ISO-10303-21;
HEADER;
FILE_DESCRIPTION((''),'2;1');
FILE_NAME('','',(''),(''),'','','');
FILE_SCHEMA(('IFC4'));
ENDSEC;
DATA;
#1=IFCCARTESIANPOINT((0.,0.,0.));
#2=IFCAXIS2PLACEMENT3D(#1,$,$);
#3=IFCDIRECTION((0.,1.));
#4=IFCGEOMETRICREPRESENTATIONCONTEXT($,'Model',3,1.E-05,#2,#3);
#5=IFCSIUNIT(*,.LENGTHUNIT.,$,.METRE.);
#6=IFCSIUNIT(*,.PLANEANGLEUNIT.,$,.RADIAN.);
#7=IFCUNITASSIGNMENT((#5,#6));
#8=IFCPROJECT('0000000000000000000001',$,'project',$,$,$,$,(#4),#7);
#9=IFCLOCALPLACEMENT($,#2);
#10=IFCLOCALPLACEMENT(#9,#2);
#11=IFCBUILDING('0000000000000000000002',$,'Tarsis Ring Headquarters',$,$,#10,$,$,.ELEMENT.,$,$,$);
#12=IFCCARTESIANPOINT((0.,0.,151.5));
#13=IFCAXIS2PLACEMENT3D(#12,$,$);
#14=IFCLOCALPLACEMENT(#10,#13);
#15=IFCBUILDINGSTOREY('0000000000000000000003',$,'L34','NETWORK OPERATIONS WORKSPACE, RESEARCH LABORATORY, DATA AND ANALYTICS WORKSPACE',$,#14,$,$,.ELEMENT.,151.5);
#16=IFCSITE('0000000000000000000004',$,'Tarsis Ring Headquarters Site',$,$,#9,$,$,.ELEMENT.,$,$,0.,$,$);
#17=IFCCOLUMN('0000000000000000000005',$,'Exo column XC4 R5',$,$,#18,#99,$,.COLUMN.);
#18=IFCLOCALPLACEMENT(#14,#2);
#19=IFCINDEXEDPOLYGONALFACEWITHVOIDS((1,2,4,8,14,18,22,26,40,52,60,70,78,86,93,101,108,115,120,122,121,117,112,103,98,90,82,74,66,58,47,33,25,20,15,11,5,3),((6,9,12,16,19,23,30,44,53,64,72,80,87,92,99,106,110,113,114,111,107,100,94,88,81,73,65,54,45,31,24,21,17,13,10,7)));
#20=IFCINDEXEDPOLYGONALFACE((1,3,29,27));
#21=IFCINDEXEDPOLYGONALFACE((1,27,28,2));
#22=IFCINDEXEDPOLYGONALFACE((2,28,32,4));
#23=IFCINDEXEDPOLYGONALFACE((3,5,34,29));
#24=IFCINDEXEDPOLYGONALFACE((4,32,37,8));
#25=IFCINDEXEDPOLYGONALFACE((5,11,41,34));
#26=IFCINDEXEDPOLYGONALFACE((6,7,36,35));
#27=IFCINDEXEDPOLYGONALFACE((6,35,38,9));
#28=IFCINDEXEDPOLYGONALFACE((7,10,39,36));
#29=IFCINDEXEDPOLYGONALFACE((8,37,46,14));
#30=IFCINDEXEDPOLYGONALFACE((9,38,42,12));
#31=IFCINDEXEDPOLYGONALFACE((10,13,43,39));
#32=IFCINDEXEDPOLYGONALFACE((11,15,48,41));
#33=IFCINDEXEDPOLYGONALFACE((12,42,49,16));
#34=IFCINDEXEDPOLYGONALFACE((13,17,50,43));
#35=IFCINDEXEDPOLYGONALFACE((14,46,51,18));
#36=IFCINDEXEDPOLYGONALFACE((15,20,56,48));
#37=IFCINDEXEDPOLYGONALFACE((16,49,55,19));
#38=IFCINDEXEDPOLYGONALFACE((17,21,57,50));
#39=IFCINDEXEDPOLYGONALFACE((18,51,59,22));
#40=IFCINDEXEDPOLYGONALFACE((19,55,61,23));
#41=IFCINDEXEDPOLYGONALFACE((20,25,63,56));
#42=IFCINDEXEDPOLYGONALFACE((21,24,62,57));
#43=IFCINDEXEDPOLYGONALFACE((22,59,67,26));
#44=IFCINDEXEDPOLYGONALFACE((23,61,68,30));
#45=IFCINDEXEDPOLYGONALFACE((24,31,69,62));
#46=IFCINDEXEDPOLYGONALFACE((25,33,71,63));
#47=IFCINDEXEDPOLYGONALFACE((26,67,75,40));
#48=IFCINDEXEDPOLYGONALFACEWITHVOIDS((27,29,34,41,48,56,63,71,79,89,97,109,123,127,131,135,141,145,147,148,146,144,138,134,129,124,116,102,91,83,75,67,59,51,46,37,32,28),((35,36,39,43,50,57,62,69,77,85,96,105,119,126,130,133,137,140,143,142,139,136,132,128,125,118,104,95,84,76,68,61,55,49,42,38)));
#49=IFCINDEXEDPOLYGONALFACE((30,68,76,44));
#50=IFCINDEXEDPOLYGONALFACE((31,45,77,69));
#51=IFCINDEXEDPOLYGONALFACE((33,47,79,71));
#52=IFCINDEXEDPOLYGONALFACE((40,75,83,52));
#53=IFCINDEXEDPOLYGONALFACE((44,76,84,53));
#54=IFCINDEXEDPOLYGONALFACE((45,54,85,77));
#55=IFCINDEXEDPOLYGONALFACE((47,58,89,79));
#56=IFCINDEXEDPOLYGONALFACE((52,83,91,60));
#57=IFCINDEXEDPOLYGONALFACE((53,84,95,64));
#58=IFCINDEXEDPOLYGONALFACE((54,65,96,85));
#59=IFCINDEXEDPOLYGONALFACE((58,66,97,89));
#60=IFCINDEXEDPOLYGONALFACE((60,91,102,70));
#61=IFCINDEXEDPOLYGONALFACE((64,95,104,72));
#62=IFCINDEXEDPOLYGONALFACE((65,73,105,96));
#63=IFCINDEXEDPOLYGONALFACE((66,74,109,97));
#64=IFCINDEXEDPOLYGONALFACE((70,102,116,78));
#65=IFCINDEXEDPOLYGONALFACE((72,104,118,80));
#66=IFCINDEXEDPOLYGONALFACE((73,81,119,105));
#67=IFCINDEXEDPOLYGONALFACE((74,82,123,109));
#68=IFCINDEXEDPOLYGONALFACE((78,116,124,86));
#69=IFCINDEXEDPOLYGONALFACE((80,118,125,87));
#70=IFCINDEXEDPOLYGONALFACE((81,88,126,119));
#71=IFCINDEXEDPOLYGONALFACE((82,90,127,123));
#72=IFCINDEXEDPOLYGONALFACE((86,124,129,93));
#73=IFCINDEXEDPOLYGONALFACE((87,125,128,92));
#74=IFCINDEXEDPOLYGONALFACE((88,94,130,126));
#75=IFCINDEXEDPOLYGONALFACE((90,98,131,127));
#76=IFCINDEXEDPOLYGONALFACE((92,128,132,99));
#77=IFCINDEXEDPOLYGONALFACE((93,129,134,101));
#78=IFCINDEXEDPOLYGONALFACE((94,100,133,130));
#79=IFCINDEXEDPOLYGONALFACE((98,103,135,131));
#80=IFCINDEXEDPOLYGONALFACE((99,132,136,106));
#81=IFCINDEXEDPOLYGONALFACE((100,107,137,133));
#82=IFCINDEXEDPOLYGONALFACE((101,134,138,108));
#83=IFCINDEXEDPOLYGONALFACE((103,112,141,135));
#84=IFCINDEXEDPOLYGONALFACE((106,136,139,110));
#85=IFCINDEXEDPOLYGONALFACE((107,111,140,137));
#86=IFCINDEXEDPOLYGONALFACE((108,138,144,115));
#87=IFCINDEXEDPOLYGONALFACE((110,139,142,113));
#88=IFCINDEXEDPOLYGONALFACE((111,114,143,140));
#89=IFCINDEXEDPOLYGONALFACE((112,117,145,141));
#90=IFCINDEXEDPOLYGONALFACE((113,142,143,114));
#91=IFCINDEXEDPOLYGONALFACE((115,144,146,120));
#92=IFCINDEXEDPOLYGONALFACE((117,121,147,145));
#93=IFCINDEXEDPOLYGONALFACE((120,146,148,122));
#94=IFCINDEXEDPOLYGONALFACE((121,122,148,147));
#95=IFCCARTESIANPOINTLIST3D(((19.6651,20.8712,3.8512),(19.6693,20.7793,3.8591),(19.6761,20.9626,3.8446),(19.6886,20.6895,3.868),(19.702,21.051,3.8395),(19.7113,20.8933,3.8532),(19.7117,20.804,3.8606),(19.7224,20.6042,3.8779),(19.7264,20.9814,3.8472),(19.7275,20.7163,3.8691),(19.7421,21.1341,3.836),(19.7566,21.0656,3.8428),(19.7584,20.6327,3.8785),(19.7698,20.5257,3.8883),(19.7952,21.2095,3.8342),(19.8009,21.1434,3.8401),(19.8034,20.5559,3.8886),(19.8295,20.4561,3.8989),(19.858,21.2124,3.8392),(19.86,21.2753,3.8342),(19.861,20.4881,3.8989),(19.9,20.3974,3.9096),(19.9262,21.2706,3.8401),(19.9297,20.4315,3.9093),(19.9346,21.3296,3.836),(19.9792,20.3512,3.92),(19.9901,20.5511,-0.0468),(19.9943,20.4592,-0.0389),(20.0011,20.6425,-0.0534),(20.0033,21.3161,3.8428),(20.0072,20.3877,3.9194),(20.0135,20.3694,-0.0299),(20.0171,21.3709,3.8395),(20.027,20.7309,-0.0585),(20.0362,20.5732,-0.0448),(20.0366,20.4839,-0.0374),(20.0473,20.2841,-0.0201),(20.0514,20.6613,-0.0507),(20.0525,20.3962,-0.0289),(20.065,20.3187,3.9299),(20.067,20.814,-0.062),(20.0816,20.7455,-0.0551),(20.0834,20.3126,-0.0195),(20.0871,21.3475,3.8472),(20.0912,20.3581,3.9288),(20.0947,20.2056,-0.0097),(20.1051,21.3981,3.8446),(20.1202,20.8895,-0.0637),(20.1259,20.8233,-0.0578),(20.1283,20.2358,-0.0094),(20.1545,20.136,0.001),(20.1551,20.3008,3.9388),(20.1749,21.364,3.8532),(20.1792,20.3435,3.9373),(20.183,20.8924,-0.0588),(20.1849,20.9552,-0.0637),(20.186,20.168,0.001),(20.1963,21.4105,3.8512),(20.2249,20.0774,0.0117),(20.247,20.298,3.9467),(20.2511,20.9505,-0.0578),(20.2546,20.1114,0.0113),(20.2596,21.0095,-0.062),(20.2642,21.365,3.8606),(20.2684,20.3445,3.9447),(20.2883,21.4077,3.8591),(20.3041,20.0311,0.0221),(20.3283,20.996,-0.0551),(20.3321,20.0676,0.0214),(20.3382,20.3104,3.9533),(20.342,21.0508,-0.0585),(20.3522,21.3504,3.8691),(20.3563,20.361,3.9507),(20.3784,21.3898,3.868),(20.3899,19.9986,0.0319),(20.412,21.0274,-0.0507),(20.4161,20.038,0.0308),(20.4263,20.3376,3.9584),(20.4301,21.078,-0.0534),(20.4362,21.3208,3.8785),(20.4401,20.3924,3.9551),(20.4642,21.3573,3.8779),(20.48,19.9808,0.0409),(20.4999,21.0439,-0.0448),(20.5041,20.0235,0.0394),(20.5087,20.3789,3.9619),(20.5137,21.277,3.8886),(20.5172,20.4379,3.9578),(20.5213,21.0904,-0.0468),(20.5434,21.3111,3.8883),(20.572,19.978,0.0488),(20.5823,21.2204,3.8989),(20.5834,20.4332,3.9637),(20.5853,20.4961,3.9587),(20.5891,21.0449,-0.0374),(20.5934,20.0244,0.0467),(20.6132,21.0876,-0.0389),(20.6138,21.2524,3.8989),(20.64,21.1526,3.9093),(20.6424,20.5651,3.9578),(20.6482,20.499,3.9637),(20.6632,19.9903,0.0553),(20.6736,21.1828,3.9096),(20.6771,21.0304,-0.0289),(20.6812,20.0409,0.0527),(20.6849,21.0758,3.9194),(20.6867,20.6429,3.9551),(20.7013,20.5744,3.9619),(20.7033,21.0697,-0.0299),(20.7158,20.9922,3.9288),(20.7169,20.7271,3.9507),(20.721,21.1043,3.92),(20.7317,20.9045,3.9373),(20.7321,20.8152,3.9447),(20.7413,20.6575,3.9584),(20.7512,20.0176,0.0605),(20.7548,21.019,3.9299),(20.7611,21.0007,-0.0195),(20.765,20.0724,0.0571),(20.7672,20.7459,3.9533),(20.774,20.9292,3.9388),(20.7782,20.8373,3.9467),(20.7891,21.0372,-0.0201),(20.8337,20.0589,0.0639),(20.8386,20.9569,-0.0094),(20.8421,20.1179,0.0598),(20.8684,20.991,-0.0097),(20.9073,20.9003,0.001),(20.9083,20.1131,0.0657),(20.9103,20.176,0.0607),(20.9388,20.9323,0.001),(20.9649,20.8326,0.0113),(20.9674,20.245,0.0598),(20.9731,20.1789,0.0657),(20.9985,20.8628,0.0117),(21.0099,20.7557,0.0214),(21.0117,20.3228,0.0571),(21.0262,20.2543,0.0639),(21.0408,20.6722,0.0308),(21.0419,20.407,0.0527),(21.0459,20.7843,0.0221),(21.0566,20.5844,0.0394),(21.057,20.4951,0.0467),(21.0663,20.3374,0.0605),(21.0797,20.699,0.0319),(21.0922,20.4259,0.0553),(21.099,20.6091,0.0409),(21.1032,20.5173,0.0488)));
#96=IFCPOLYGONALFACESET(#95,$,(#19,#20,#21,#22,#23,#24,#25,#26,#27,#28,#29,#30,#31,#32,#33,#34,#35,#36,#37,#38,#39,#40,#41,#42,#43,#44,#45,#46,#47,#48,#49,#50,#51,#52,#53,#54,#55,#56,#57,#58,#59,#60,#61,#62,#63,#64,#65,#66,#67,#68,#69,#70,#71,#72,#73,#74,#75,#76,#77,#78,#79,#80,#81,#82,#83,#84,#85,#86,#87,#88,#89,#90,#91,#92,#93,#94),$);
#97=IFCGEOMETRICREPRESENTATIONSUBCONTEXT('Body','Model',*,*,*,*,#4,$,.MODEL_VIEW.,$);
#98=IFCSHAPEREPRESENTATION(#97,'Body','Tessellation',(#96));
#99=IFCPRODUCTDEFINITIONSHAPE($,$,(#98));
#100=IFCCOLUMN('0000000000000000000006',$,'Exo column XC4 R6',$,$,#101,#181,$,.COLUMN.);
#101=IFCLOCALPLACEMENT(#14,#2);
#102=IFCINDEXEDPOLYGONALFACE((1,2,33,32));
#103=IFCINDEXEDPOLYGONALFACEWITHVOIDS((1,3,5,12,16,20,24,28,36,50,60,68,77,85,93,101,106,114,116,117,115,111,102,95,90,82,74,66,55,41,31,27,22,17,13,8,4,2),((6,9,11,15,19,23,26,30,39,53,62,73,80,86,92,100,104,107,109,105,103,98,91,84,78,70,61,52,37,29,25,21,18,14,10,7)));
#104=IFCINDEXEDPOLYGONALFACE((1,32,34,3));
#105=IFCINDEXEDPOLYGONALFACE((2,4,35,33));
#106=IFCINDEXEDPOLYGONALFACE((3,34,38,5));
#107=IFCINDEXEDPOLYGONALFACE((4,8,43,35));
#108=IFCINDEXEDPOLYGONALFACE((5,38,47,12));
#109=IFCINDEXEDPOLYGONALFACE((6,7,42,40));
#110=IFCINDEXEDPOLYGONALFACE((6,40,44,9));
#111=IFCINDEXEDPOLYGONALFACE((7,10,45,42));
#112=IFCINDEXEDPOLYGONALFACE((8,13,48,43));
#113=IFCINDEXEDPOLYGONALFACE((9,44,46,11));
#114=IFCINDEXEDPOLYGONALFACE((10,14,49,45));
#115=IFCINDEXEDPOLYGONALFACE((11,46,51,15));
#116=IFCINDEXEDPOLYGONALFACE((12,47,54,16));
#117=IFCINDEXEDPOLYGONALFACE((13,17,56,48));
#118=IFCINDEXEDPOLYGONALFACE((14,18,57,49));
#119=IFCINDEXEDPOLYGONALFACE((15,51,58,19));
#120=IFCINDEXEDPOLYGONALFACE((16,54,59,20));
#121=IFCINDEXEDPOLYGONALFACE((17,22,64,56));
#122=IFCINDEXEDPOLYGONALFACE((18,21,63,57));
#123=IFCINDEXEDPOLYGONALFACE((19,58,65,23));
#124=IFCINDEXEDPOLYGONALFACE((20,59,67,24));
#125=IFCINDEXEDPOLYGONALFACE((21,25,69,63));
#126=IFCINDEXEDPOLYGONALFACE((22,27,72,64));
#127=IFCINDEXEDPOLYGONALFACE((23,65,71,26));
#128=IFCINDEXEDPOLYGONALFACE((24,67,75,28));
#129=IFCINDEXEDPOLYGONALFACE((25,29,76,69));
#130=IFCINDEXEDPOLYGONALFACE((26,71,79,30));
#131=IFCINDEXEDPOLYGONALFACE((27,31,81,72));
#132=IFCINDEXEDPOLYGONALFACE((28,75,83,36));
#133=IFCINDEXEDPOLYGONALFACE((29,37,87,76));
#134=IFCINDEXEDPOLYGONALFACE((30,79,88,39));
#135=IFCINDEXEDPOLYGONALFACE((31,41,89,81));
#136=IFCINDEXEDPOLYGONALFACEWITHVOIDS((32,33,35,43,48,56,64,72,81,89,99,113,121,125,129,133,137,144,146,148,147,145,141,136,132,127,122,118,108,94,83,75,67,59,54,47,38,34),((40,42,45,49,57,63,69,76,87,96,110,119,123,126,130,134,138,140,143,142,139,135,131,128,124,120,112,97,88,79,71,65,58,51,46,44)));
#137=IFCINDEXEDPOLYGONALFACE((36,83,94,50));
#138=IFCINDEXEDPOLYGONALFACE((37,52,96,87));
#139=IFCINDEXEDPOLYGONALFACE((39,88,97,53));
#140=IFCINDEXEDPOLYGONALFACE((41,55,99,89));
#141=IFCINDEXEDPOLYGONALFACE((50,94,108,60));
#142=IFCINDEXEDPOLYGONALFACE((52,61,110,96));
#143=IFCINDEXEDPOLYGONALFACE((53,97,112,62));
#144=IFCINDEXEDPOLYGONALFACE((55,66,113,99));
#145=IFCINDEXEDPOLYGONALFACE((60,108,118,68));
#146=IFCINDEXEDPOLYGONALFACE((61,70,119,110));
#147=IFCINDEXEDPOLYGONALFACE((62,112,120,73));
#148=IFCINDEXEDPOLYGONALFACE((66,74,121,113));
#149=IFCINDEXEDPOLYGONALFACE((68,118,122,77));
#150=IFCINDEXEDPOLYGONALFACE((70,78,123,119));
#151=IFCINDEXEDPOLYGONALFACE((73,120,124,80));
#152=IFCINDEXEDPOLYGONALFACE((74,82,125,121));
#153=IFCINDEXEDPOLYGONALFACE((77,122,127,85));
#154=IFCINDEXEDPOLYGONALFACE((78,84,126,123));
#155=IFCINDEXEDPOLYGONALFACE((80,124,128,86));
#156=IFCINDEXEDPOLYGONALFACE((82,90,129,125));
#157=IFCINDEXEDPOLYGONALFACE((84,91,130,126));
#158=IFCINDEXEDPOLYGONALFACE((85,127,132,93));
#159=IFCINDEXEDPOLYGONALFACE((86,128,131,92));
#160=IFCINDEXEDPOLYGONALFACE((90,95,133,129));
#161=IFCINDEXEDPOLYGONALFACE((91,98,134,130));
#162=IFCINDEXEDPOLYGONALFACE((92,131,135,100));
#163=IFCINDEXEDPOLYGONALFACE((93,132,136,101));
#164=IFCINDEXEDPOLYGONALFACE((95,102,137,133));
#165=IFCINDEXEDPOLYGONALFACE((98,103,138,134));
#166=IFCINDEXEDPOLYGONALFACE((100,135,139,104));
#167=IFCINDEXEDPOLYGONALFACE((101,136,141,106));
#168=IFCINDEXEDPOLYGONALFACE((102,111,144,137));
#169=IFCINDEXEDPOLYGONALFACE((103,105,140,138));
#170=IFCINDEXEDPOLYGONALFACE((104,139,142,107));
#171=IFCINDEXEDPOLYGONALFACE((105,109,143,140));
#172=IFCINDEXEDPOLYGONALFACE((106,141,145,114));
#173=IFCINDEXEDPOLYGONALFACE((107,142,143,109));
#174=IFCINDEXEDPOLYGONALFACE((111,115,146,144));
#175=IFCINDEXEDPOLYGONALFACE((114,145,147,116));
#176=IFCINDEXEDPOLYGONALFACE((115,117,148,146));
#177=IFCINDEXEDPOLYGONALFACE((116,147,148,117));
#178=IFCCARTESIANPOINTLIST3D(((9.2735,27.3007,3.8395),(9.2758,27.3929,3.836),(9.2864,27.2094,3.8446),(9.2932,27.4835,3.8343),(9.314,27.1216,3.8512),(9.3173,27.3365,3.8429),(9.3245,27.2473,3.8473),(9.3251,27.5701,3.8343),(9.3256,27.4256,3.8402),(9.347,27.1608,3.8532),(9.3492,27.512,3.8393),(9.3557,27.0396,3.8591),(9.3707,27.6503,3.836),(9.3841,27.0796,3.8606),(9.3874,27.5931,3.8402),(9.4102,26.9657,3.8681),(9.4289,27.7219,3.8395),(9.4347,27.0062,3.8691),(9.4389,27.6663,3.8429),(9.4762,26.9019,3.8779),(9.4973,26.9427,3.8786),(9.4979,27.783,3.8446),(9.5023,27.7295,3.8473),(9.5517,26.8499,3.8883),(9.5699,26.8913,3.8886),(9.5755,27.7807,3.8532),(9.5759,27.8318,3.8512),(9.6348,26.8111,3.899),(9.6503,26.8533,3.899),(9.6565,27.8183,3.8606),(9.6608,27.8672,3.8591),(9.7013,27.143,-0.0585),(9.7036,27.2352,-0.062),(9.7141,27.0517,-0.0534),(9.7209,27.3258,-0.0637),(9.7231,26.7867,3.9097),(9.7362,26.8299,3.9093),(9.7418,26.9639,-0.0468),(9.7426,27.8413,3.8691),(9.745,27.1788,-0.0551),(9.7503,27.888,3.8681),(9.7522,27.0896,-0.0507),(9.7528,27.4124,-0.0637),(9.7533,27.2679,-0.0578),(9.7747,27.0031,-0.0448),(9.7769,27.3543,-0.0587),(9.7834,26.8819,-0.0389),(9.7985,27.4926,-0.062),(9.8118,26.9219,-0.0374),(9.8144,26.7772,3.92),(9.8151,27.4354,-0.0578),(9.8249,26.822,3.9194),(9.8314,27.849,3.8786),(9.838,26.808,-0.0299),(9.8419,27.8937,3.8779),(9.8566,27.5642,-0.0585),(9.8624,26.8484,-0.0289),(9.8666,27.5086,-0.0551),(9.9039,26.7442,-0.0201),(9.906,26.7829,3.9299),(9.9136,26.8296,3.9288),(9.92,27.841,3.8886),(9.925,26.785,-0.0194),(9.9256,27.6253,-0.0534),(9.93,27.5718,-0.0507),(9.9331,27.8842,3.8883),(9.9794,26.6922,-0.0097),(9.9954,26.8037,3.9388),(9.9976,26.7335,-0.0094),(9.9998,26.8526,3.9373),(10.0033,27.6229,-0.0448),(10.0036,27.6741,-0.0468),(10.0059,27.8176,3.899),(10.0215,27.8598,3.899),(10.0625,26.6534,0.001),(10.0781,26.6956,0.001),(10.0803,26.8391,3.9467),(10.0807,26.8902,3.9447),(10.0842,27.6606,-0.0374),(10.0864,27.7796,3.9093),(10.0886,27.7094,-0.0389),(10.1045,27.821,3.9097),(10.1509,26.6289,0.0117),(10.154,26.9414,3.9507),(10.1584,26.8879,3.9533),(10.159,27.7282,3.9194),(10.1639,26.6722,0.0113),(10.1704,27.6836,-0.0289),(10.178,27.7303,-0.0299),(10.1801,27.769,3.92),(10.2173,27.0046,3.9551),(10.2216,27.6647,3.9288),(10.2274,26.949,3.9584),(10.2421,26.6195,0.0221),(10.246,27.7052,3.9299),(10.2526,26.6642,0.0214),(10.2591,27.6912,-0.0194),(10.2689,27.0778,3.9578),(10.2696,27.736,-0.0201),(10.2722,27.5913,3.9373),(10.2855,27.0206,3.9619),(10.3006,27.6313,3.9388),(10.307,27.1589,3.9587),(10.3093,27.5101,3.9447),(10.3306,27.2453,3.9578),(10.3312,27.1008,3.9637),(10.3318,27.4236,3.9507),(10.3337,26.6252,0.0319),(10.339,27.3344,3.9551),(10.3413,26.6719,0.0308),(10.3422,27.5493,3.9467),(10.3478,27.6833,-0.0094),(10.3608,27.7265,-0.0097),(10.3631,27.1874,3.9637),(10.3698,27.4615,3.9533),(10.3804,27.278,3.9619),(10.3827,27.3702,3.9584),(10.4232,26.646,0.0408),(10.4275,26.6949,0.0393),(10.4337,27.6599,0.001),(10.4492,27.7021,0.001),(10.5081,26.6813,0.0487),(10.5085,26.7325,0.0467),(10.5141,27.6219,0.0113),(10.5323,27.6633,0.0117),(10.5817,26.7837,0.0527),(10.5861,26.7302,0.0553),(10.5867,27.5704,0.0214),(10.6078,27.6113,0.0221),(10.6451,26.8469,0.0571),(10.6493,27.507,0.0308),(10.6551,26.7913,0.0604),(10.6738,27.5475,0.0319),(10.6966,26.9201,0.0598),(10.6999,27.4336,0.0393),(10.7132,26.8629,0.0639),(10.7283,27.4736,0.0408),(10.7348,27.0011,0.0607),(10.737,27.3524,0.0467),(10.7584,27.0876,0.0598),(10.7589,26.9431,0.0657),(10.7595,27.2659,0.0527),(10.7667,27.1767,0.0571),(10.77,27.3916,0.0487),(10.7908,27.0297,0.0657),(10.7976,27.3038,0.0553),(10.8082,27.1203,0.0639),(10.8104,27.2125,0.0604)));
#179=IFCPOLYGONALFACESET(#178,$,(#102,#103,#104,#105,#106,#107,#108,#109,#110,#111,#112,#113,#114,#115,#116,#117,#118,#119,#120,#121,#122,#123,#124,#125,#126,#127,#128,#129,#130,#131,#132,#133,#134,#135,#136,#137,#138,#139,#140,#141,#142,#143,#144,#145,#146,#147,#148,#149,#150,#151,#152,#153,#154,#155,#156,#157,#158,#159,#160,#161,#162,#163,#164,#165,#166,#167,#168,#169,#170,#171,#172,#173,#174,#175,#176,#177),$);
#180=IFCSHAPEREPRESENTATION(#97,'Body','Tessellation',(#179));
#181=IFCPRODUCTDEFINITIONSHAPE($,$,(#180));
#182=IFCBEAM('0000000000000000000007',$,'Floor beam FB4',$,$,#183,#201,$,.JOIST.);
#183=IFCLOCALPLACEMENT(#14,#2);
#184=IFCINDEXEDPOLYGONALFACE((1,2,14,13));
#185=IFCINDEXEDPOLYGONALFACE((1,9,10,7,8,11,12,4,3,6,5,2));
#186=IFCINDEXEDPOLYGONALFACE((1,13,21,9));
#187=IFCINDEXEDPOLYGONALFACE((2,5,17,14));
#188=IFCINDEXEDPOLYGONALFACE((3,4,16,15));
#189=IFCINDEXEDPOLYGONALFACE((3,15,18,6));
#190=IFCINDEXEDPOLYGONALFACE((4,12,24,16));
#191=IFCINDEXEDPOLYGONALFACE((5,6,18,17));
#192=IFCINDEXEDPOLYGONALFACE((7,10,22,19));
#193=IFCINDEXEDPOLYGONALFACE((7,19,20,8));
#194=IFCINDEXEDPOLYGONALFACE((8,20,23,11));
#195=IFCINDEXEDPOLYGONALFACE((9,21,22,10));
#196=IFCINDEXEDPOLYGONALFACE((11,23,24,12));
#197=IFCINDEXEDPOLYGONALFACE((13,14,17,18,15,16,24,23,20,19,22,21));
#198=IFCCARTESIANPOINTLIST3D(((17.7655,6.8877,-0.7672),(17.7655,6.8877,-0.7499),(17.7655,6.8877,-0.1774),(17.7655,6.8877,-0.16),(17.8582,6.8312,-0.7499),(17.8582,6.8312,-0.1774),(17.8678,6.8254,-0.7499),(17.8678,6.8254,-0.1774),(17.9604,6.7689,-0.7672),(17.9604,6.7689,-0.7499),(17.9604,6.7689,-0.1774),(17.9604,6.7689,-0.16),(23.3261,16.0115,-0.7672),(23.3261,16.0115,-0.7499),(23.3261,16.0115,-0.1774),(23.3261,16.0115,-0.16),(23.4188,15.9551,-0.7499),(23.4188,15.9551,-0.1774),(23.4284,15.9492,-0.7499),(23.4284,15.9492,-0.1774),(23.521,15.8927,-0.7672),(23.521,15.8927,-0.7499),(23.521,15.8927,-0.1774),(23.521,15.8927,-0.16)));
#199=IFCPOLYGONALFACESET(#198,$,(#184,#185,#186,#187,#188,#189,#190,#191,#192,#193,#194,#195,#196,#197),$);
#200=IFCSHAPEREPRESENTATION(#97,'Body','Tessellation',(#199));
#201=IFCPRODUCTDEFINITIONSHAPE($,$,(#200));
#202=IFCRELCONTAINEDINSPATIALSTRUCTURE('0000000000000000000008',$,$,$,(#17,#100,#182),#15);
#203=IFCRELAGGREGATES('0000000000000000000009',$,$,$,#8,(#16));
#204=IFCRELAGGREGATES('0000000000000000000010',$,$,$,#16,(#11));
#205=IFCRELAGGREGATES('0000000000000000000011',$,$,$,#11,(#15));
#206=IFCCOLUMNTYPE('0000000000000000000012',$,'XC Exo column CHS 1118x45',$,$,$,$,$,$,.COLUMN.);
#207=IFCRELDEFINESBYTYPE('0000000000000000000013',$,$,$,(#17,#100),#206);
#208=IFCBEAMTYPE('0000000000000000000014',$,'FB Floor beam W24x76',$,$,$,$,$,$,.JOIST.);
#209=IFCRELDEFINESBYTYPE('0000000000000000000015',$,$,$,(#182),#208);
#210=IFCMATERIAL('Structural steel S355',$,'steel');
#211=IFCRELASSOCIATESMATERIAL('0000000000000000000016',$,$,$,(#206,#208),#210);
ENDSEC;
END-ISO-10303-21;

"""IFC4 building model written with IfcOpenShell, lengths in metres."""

from ifc_helpers import new_model, si_unit, direction, frame, origin, origin_2d, place, context, subcontext, project, spatial, hollow_circle, i_section, extrude, material, material_profile, profile_set, type_object, element, save


model = new_model("IFC4")

# Units and contexts
model_context = context("Model", 3, precision=1e-05, world=origin(), true_north=direction((0.0, 1.0)))
body_context = subcontext(model_context, "Body", "Model", "MODEL_VIEW")
ifc_project = project(units=[si_unit("LENGTHUNIT", "METRE"), si_unit("PLANEANGLEUNIT", "RADIAN")], contexts=[model_context])

# Site, building, storey
site_placement = place(None, origin())
site = spatial("IfcSite", under=ifc_project, at=site_placement, Name="Tarsis Ring Headquarters Site", CompositionType="ELEMENT", RefElevation=0.0)
building_placement = place(site_placement, origin())
building = spatial("IfcBuilding", under=site, at=building_placement, Name="Tarsis Ring Headquarters", CompositionType="ELEMENT")
storey_placement = place(building_placement, frame((0.0, 0.0, 151.5)))
storey = spatial("IfcBuildingStorey", under=building, at=storey_placement, Name="L34", Description="NETWORK OPERATIONS WORKSPACE, RESEARCH LABORATORY, DATA AND ANALYTICS WORKSPACE", CompositionType="ELEMENT", Elevation=151.5)

# Columns
ifc_material_1 = material(Name="Structural steel S355", Category="steel")
ifc_material_profile_1 = material_profile(ifc_material_1, hollow_circle(Radius=0.5588, WallThickness=0.0449, at=origin_2d()), Name="CHS 1118x45")
ifc_profile_set_1 = profile_set([ifc_material_profile_1], Name="Structural steel S355")
column_type = type_object("IfcColumnType", Name="XC Exo column CHS 1118x45", PredefinedType="COLUMN", material=ifc_profile_set_1)
for number, where, z_axis, x_axis, name in (
    (1, (20.5466, 20.5342, 0.001), (-0.0828, 0.081556, 0.993223), (-0.701734, -0.712439, 0.0), "Exo column XC4 R5"),
    (2, (10.2559, 27.1777, 0.001), (-0.10899, 0.040187, 0.99323), (-0.345954, -0.938252, 0.0), "Exo column XC4 R6"),
):
    element("IfcColumn", number, at=place(storey_placement, frame(where, z_axis=z_axis, x_axis=x_axis)), inside=storey, type_object=column_type, Name=name, PredefinedType="COLUMN", context=body_context, shape_type="SweptSolid", body=[
        extrude(hollow_circle(Radius=0.5588, WallThickness=0.0449, at=origin_2d()), origin(), (0.0, 0.0, 1.0), 3.9246),
    ])

# Beam
ifc_material_profile_2 = material_profile(ifc_material_1, i_section(OverallWidth=0.2283, OverallDepth=0.6072, WebThickness=0.0112, FlangeThickness=0.0173, at=origin_2d()), Name="W24x76")
ifc_profile_set_2 = profile_set([ifc_material_profile_2], Name="Structural steel S355")
beam_type_1 = type_object("IfcBeamType", Name="FB Floor beam W24x76", PredefinedType="JOIST", material=ifc_profile_set_2)
beam_1_placement = place(storey_placement, frame((23.4236, 15.9521, -0.4636), z_axis=(-0.520421, -0.85391, 0.0), x_axis=(0.85391, -0.520421, 0.0)))
element("IfcBeam", 3, at=beam_1_placement, inside=storey, type_object=beam_type_1, Name="Floor beam FB4", PredefinedType="JOIST", context=body_context, shape_type="SweptSolid", body=[
    extrude(i_section(OverallWidth=0.2283, OverallDepth=0.6072, WebThickness=0.0112, FlangeThickness=0.0173, at=origin_2d()), origin(), (0.0, 0.0, 1.0), 10.6848),
])

save(model, "model.ifc")
